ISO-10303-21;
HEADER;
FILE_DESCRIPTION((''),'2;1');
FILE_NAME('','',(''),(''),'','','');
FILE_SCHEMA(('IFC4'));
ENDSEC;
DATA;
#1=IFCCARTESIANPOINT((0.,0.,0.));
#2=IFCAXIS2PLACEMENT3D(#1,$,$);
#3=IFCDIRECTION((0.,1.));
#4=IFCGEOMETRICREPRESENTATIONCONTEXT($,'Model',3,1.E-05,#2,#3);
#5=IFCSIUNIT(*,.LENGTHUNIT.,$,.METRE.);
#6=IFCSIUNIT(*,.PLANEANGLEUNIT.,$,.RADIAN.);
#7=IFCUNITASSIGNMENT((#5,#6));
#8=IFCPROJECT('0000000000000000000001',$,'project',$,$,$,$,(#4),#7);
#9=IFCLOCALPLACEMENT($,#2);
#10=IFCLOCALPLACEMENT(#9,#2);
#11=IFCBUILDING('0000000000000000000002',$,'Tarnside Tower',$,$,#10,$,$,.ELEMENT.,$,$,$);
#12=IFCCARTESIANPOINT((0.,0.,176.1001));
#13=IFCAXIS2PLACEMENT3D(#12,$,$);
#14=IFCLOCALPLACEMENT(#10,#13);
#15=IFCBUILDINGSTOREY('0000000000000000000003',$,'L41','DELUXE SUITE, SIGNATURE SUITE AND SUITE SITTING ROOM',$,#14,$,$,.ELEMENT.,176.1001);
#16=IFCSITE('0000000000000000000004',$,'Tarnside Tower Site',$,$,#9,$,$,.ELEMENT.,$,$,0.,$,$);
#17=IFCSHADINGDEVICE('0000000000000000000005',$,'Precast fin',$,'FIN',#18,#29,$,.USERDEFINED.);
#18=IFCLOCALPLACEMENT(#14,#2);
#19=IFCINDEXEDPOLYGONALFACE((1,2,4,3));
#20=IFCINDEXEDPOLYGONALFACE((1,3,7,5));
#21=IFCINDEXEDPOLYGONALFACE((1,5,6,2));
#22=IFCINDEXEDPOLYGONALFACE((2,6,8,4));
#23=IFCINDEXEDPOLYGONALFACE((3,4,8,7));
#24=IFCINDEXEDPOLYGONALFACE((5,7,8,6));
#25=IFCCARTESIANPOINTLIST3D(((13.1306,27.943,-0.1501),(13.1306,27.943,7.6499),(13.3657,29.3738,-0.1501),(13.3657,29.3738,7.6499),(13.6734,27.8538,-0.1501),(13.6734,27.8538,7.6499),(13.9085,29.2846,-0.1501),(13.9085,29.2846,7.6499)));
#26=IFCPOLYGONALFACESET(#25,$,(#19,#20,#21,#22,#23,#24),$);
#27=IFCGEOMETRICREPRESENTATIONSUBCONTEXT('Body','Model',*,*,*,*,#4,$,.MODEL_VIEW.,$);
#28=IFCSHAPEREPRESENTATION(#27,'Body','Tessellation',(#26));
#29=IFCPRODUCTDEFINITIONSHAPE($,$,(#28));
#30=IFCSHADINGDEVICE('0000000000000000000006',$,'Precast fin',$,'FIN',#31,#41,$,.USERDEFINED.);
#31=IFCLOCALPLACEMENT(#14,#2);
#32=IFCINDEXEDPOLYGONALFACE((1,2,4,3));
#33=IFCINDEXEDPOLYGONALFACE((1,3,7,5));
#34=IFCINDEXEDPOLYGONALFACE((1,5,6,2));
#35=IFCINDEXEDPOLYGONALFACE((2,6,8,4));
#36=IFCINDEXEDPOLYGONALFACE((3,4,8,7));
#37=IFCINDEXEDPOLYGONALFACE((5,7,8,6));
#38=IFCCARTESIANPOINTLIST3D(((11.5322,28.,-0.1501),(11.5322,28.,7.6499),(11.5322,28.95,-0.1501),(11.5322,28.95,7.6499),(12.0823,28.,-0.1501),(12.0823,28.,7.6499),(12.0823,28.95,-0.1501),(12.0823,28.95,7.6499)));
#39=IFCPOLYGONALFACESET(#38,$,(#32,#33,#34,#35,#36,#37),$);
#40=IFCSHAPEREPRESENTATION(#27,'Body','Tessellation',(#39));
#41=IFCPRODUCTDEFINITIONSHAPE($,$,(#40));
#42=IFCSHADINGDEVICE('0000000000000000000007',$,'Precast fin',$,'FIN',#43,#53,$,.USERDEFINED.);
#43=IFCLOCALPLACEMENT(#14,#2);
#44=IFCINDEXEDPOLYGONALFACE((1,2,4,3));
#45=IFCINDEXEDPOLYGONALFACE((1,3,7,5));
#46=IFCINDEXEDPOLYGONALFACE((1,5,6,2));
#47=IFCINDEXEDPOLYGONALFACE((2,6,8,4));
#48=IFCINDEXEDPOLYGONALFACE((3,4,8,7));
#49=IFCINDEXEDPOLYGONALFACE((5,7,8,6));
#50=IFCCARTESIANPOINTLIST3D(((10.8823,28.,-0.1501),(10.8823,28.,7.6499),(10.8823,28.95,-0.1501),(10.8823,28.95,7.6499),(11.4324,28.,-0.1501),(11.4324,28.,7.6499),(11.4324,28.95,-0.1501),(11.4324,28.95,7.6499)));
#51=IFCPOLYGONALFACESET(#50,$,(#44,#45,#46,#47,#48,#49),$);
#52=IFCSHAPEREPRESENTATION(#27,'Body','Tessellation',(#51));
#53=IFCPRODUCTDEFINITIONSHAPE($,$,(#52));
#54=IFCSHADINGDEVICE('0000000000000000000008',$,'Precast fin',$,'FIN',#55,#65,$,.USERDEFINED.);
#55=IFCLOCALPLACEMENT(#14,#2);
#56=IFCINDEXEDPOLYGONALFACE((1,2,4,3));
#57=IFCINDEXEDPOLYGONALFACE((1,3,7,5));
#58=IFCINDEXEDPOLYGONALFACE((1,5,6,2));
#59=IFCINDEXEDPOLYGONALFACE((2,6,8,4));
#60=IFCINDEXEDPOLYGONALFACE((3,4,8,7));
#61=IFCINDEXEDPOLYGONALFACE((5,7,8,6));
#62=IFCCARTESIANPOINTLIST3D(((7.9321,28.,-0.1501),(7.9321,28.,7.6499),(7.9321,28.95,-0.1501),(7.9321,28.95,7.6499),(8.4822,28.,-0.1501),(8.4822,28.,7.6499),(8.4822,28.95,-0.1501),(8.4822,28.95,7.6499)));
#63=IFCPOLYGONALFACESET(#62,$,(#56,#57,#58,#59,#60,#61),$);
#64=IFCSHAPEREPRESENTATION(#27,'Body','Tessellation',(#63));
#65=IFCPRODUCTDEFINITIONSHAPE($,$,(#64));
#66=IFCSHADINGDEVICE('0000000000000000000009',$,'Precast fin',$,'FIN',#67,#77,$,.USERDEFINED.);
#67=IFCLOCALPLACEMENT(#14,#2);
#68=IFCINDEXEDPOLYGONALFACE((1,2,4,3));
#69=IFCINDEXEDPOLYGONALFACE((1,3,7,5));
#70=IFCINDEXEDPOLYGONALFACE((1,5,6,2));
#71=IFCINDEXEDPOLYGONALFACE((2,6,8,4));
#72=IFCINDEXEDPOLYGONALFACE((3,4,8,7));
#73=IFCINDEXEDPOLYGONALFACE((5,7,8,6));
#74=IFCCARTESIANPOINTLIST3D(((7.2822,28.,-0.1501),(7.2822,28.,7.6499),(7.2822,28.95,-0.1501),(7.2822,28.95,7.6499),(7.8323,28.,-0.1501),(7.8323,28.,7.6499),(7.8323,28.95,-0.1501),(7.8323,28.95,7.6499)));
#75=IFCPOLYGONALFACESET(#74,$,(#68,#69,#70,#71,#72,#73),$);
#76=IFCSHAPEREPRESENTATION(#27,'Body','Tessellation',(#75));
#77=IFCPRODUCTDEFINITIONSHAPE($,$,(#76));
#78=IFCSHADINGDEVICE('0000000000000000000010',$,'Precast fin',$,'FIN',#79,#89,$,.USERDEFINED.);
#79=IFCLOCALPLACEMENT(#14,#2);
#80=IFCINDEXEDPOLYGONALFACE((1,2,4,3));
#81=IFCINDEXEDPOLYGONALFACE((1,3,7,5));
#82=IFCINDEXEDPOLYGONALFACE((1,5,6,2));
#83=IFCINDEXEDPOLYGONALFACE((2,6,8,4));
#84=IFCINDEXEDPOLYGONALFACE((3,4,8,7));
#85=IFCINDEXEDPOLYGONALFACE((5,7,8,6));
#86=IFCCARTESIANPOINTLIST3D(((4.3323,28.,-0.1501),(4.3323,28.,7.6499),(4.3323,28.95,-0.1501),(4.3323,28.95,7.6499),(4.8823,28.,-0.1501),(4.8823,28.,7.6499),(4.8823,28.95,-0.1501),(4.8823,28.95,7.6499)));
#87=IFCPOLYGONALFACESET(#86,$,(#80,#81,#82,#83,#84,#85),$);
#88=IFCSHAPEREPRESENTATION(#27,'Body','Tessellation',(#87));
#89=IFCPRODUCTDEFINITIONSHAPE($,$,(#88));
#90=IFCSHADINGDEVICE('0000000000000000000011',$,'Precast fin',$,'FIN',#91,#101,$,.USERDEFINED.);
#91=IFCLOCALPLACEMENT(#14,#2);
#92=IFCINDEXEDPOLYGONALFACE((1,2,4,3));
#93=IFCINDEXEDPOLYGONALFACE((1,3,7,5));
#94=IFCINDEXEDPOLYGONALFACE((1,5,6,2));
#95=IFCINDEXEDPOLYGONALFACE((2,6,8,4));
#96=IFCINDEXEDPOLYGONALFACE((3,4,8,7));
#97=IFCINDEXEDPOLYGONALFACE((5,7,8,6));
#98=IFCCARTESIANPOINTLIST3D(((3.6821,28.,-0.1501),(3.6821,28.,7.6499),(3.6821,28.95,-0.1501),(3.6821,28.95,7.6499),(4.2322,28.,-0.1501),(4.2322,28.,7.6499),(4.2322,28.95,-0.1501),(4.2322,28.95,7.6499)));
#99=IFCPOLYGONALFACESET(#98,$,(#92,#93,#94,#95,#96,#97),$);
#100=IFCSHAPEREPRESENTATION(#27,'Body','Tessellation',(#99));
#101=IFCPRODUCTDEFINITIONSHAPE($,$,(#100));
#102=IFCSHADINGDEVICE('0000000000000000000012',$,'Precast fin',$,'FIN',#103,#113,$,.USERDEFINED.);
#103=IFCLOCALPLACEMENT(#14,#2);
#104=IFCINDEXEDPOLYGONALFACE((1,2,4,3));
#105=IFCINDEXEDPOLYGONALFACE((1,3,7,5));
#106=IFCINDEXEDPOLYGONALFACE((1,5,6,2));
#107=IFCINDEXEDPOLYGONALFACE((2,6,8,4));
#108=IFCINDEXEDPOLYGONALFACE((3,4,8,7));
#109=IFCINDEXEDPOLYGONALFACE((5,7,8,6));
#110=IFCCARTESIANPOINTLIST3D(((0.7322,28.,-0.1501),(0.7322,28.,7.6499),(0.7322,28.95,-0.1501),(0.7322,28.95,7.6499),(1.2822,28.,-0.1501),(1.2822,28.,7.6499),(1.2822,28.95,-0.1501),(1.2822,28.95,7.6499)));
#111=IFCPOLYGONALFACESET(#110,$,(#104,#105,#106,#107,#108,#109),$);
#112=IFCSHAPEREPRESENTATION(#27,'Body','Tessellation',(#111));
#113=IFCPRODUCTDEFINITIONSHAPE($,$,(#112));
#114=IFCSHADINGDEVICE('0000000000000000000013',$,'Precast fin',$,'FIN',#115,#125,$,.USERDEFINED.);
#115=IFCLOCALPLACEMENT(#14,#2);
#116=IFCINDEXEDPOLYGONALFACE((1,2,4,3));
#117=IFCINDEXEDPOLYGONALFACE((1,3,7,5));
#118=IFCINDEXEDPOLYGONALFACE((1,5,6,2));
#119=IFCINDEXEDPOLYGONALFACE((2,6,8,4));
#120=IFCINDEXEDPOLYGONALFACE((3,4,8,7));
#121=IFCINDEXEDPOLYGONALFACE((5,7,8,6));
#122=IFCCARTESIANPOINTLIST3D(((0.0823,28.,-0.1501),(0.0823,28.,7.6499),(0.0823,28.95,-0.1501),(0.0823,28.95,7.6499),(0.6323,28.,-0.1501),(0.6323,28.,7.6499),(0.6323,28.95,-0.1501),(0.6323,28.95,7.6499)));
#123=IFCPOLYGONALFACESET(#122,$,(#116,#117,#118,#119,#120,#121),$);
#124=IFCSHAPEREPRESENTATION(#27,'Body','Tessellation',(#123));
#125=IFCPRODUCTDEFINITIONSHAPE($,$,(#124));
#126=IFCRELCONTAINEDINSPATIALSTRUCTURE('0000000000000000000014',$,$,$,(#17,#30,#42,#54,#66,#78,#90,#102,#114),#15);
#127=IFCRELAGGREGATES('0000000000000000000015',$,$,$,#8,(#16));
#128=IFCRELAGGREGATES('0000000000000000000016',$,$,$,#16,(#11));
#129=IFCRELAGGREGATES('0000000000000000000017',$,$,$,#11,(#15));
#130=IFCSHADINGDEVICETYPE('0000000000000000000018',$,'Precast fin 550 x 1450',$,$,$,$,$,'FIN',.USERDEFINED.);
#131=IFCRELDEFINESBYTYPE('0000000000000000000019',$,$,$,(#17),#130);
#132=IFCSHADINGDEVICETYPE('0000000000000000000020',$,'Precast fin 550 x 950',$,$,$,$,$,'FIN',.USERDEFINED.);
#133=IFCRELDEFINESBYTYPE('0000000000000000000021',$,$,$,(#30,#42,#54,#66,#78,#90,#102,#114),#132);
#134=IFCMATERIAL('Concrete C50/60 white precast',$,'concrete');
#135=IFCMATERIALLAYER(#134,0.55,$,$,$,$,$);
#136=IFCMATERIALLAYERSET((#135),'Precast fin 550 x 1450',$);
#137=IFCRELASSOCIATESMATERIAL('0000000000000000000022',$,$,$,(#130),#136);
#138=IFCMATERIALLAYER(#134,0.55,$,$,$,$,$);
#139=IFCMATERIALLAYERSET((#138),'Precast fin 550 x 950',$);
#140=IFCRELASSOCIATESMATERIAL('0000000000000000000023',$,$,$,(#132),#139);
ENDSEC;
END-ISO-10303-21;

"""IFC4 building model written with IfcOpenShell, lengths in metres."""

from ifc_helpers import new_model, si_unit, direction, frame, origin, place, context, subcontext, project, spatial, polyline, outline, extrude, material, layer, layer_set, type_object, element, save


model = new_model("IFC4")

# Units and contexts
model_context = context("Model", 3, precision=1e-05, world=origin(), true_north=direction((0.0, 1.0)))
body_context = subcontext(model_context, "Body", "Model", "MODEL_VIEW")
ifc_project = project(units=[si_unit("LENGTHUNIT", "METRE"), si_unit("PLANEANGLEUNIT", "RADIAN")], contexts=[model_context])

# Site, building, storey
site_placement = place(None, origin())
site = spatial("IfcSite", under=ifc_project, at=site_placement, Name="Tarnside Tower Site", CompositionType="ELEMENT", RefElevation=0.0)
building_placement = place(site_placement, origin())
building = spatial("IfcBuilding", under=site, at=building_placement, Name="Tarnside Tower", CompositionType="ELEMENT")
storey_placement = place(building_placement, frame((0.0, 0.0, 176.1001)))
storey = spatial("IfcBuildingStorey", under=building, at=storey_placement, Name="L41", Description="DELUXE SUITE, SIGNATURE SUITE AND SUITE SITTING ROOM", CompositionType="ELEMENT", Elevation=176.1001)

# Shading devices
ifc_material_1 = material(Name="Concrete C50/60 white precast", Category="concrete")
ifc_layer_1 = layer(ifc_material_1, 0.55)
ifc_layer_set_1 = layer_set([ifc_layer_1], Name="Precast fin 550 x 1450")
shading_device_type_1 = type_object("IfcShadingDeviceType", Name="Precast fin 550 x 1450", ElementType="FIN", PredefinedType="USERDEFINED", material=ifc_layer_set_1)
shading_device_placement = place(storey_placement, frame((13.4019, 27.8984, -0.1501), z_axis=(0.986762, -0.162178, 0.0), x_axis=(0.162178, 0.986762, 0.0)))
element("IfcShadingDevice", 1, at=shading_device_placement, inside=storey, type_object=shading_device_type_1, Name="Precast fin", ObjectType="FIN", PredefinedType="USERDEFINED", context=body_context, shape_type="SweptSolid", body=[
    extrude(outline(polyline([(0.0, 0.0), (1.45, 0.0), (1.45, 7.8), (0.0, 7.8), (0.0, 0.0)])), frame((0.0, 0.0, -0.2749)), (0.0, 0.0, 1.0), 0.55),
])
ifc_layer_2 = layer(ifc_material_1, 0.55)
ifc_layer_set_2 = layer_set([ifc_layer_2], Name="Precast fin 550 x 950")
shading_device_type_2 = type_object("IfcShadingDeviceType", Name="Precast fin 550 x 950", ElementType="FIN", PredefinedType="USERDEFINED", material=ifc_layer_set_2)
for number, where, z_axis, x_axis, name in (
    (2, (11.8071, 28.0, -0.1501), (1.0, 0.0, 0.0), (0.0, 1.0, 0.0), "Precast fin"),
    (3, (11.1572, 28.0, -0.1501), (1.0, 0.0, 0.0), (0.0, 1.0, 0.0), "Precast fin"),
    (4, (8.207, 28.0, -0.1501), (1.0, 0.0, 0.0), (0.0, 1.0, 0.0), "Precast fin"),
    (5, (7.5571, 28.0, -0.1501), (1.0, 0.0, 0.0), (0.0, 1.0, 0.0), "Precast fin"),
    (6, (4.6072, 28.0, -0.1501), (1.0, 0.0, 0.0), (0.0, 1.0, 0.0), "Precast fin"),
    (7, (3.957, 28.0, -0.1501), (1.0, 0.0, 0.0), (0.0, 1.0, 0.0), "Precast fin"),
    (8, (1.0071, 28.0, -0.1501), (1.0, 0.0, 0.0), (0.0, 1.0, 0.0), "Precast fin"),
    (9, (0.3572, 28.0, -0.1501), (1.0, 0.0, 0.0), (0.0, 1.0, 0.0), "Precast fin"),
):
    element("IfcShadingDevice", number, at=place(storey_placement, frame(where, z_axis=z_axis, x_axis=x_axis)), inside=storey, type_object=shading_device_type_2, Name=name, ObjectType="FIN", PredefinedType="USERDEFINED", context=body_context, shape_type="SweptSolid", body=[
        extrude(outline(polyline([(0.0, 0.0), (0.95, 0.0), (0.95, 7.8), (0.0, 7.8), (0.0, 0.0)])), frame((0.0, 0.0, -0.2749)), (0.0, 0.0, 1.0), 0.55),
    ])

save(model, "model.ifc")
